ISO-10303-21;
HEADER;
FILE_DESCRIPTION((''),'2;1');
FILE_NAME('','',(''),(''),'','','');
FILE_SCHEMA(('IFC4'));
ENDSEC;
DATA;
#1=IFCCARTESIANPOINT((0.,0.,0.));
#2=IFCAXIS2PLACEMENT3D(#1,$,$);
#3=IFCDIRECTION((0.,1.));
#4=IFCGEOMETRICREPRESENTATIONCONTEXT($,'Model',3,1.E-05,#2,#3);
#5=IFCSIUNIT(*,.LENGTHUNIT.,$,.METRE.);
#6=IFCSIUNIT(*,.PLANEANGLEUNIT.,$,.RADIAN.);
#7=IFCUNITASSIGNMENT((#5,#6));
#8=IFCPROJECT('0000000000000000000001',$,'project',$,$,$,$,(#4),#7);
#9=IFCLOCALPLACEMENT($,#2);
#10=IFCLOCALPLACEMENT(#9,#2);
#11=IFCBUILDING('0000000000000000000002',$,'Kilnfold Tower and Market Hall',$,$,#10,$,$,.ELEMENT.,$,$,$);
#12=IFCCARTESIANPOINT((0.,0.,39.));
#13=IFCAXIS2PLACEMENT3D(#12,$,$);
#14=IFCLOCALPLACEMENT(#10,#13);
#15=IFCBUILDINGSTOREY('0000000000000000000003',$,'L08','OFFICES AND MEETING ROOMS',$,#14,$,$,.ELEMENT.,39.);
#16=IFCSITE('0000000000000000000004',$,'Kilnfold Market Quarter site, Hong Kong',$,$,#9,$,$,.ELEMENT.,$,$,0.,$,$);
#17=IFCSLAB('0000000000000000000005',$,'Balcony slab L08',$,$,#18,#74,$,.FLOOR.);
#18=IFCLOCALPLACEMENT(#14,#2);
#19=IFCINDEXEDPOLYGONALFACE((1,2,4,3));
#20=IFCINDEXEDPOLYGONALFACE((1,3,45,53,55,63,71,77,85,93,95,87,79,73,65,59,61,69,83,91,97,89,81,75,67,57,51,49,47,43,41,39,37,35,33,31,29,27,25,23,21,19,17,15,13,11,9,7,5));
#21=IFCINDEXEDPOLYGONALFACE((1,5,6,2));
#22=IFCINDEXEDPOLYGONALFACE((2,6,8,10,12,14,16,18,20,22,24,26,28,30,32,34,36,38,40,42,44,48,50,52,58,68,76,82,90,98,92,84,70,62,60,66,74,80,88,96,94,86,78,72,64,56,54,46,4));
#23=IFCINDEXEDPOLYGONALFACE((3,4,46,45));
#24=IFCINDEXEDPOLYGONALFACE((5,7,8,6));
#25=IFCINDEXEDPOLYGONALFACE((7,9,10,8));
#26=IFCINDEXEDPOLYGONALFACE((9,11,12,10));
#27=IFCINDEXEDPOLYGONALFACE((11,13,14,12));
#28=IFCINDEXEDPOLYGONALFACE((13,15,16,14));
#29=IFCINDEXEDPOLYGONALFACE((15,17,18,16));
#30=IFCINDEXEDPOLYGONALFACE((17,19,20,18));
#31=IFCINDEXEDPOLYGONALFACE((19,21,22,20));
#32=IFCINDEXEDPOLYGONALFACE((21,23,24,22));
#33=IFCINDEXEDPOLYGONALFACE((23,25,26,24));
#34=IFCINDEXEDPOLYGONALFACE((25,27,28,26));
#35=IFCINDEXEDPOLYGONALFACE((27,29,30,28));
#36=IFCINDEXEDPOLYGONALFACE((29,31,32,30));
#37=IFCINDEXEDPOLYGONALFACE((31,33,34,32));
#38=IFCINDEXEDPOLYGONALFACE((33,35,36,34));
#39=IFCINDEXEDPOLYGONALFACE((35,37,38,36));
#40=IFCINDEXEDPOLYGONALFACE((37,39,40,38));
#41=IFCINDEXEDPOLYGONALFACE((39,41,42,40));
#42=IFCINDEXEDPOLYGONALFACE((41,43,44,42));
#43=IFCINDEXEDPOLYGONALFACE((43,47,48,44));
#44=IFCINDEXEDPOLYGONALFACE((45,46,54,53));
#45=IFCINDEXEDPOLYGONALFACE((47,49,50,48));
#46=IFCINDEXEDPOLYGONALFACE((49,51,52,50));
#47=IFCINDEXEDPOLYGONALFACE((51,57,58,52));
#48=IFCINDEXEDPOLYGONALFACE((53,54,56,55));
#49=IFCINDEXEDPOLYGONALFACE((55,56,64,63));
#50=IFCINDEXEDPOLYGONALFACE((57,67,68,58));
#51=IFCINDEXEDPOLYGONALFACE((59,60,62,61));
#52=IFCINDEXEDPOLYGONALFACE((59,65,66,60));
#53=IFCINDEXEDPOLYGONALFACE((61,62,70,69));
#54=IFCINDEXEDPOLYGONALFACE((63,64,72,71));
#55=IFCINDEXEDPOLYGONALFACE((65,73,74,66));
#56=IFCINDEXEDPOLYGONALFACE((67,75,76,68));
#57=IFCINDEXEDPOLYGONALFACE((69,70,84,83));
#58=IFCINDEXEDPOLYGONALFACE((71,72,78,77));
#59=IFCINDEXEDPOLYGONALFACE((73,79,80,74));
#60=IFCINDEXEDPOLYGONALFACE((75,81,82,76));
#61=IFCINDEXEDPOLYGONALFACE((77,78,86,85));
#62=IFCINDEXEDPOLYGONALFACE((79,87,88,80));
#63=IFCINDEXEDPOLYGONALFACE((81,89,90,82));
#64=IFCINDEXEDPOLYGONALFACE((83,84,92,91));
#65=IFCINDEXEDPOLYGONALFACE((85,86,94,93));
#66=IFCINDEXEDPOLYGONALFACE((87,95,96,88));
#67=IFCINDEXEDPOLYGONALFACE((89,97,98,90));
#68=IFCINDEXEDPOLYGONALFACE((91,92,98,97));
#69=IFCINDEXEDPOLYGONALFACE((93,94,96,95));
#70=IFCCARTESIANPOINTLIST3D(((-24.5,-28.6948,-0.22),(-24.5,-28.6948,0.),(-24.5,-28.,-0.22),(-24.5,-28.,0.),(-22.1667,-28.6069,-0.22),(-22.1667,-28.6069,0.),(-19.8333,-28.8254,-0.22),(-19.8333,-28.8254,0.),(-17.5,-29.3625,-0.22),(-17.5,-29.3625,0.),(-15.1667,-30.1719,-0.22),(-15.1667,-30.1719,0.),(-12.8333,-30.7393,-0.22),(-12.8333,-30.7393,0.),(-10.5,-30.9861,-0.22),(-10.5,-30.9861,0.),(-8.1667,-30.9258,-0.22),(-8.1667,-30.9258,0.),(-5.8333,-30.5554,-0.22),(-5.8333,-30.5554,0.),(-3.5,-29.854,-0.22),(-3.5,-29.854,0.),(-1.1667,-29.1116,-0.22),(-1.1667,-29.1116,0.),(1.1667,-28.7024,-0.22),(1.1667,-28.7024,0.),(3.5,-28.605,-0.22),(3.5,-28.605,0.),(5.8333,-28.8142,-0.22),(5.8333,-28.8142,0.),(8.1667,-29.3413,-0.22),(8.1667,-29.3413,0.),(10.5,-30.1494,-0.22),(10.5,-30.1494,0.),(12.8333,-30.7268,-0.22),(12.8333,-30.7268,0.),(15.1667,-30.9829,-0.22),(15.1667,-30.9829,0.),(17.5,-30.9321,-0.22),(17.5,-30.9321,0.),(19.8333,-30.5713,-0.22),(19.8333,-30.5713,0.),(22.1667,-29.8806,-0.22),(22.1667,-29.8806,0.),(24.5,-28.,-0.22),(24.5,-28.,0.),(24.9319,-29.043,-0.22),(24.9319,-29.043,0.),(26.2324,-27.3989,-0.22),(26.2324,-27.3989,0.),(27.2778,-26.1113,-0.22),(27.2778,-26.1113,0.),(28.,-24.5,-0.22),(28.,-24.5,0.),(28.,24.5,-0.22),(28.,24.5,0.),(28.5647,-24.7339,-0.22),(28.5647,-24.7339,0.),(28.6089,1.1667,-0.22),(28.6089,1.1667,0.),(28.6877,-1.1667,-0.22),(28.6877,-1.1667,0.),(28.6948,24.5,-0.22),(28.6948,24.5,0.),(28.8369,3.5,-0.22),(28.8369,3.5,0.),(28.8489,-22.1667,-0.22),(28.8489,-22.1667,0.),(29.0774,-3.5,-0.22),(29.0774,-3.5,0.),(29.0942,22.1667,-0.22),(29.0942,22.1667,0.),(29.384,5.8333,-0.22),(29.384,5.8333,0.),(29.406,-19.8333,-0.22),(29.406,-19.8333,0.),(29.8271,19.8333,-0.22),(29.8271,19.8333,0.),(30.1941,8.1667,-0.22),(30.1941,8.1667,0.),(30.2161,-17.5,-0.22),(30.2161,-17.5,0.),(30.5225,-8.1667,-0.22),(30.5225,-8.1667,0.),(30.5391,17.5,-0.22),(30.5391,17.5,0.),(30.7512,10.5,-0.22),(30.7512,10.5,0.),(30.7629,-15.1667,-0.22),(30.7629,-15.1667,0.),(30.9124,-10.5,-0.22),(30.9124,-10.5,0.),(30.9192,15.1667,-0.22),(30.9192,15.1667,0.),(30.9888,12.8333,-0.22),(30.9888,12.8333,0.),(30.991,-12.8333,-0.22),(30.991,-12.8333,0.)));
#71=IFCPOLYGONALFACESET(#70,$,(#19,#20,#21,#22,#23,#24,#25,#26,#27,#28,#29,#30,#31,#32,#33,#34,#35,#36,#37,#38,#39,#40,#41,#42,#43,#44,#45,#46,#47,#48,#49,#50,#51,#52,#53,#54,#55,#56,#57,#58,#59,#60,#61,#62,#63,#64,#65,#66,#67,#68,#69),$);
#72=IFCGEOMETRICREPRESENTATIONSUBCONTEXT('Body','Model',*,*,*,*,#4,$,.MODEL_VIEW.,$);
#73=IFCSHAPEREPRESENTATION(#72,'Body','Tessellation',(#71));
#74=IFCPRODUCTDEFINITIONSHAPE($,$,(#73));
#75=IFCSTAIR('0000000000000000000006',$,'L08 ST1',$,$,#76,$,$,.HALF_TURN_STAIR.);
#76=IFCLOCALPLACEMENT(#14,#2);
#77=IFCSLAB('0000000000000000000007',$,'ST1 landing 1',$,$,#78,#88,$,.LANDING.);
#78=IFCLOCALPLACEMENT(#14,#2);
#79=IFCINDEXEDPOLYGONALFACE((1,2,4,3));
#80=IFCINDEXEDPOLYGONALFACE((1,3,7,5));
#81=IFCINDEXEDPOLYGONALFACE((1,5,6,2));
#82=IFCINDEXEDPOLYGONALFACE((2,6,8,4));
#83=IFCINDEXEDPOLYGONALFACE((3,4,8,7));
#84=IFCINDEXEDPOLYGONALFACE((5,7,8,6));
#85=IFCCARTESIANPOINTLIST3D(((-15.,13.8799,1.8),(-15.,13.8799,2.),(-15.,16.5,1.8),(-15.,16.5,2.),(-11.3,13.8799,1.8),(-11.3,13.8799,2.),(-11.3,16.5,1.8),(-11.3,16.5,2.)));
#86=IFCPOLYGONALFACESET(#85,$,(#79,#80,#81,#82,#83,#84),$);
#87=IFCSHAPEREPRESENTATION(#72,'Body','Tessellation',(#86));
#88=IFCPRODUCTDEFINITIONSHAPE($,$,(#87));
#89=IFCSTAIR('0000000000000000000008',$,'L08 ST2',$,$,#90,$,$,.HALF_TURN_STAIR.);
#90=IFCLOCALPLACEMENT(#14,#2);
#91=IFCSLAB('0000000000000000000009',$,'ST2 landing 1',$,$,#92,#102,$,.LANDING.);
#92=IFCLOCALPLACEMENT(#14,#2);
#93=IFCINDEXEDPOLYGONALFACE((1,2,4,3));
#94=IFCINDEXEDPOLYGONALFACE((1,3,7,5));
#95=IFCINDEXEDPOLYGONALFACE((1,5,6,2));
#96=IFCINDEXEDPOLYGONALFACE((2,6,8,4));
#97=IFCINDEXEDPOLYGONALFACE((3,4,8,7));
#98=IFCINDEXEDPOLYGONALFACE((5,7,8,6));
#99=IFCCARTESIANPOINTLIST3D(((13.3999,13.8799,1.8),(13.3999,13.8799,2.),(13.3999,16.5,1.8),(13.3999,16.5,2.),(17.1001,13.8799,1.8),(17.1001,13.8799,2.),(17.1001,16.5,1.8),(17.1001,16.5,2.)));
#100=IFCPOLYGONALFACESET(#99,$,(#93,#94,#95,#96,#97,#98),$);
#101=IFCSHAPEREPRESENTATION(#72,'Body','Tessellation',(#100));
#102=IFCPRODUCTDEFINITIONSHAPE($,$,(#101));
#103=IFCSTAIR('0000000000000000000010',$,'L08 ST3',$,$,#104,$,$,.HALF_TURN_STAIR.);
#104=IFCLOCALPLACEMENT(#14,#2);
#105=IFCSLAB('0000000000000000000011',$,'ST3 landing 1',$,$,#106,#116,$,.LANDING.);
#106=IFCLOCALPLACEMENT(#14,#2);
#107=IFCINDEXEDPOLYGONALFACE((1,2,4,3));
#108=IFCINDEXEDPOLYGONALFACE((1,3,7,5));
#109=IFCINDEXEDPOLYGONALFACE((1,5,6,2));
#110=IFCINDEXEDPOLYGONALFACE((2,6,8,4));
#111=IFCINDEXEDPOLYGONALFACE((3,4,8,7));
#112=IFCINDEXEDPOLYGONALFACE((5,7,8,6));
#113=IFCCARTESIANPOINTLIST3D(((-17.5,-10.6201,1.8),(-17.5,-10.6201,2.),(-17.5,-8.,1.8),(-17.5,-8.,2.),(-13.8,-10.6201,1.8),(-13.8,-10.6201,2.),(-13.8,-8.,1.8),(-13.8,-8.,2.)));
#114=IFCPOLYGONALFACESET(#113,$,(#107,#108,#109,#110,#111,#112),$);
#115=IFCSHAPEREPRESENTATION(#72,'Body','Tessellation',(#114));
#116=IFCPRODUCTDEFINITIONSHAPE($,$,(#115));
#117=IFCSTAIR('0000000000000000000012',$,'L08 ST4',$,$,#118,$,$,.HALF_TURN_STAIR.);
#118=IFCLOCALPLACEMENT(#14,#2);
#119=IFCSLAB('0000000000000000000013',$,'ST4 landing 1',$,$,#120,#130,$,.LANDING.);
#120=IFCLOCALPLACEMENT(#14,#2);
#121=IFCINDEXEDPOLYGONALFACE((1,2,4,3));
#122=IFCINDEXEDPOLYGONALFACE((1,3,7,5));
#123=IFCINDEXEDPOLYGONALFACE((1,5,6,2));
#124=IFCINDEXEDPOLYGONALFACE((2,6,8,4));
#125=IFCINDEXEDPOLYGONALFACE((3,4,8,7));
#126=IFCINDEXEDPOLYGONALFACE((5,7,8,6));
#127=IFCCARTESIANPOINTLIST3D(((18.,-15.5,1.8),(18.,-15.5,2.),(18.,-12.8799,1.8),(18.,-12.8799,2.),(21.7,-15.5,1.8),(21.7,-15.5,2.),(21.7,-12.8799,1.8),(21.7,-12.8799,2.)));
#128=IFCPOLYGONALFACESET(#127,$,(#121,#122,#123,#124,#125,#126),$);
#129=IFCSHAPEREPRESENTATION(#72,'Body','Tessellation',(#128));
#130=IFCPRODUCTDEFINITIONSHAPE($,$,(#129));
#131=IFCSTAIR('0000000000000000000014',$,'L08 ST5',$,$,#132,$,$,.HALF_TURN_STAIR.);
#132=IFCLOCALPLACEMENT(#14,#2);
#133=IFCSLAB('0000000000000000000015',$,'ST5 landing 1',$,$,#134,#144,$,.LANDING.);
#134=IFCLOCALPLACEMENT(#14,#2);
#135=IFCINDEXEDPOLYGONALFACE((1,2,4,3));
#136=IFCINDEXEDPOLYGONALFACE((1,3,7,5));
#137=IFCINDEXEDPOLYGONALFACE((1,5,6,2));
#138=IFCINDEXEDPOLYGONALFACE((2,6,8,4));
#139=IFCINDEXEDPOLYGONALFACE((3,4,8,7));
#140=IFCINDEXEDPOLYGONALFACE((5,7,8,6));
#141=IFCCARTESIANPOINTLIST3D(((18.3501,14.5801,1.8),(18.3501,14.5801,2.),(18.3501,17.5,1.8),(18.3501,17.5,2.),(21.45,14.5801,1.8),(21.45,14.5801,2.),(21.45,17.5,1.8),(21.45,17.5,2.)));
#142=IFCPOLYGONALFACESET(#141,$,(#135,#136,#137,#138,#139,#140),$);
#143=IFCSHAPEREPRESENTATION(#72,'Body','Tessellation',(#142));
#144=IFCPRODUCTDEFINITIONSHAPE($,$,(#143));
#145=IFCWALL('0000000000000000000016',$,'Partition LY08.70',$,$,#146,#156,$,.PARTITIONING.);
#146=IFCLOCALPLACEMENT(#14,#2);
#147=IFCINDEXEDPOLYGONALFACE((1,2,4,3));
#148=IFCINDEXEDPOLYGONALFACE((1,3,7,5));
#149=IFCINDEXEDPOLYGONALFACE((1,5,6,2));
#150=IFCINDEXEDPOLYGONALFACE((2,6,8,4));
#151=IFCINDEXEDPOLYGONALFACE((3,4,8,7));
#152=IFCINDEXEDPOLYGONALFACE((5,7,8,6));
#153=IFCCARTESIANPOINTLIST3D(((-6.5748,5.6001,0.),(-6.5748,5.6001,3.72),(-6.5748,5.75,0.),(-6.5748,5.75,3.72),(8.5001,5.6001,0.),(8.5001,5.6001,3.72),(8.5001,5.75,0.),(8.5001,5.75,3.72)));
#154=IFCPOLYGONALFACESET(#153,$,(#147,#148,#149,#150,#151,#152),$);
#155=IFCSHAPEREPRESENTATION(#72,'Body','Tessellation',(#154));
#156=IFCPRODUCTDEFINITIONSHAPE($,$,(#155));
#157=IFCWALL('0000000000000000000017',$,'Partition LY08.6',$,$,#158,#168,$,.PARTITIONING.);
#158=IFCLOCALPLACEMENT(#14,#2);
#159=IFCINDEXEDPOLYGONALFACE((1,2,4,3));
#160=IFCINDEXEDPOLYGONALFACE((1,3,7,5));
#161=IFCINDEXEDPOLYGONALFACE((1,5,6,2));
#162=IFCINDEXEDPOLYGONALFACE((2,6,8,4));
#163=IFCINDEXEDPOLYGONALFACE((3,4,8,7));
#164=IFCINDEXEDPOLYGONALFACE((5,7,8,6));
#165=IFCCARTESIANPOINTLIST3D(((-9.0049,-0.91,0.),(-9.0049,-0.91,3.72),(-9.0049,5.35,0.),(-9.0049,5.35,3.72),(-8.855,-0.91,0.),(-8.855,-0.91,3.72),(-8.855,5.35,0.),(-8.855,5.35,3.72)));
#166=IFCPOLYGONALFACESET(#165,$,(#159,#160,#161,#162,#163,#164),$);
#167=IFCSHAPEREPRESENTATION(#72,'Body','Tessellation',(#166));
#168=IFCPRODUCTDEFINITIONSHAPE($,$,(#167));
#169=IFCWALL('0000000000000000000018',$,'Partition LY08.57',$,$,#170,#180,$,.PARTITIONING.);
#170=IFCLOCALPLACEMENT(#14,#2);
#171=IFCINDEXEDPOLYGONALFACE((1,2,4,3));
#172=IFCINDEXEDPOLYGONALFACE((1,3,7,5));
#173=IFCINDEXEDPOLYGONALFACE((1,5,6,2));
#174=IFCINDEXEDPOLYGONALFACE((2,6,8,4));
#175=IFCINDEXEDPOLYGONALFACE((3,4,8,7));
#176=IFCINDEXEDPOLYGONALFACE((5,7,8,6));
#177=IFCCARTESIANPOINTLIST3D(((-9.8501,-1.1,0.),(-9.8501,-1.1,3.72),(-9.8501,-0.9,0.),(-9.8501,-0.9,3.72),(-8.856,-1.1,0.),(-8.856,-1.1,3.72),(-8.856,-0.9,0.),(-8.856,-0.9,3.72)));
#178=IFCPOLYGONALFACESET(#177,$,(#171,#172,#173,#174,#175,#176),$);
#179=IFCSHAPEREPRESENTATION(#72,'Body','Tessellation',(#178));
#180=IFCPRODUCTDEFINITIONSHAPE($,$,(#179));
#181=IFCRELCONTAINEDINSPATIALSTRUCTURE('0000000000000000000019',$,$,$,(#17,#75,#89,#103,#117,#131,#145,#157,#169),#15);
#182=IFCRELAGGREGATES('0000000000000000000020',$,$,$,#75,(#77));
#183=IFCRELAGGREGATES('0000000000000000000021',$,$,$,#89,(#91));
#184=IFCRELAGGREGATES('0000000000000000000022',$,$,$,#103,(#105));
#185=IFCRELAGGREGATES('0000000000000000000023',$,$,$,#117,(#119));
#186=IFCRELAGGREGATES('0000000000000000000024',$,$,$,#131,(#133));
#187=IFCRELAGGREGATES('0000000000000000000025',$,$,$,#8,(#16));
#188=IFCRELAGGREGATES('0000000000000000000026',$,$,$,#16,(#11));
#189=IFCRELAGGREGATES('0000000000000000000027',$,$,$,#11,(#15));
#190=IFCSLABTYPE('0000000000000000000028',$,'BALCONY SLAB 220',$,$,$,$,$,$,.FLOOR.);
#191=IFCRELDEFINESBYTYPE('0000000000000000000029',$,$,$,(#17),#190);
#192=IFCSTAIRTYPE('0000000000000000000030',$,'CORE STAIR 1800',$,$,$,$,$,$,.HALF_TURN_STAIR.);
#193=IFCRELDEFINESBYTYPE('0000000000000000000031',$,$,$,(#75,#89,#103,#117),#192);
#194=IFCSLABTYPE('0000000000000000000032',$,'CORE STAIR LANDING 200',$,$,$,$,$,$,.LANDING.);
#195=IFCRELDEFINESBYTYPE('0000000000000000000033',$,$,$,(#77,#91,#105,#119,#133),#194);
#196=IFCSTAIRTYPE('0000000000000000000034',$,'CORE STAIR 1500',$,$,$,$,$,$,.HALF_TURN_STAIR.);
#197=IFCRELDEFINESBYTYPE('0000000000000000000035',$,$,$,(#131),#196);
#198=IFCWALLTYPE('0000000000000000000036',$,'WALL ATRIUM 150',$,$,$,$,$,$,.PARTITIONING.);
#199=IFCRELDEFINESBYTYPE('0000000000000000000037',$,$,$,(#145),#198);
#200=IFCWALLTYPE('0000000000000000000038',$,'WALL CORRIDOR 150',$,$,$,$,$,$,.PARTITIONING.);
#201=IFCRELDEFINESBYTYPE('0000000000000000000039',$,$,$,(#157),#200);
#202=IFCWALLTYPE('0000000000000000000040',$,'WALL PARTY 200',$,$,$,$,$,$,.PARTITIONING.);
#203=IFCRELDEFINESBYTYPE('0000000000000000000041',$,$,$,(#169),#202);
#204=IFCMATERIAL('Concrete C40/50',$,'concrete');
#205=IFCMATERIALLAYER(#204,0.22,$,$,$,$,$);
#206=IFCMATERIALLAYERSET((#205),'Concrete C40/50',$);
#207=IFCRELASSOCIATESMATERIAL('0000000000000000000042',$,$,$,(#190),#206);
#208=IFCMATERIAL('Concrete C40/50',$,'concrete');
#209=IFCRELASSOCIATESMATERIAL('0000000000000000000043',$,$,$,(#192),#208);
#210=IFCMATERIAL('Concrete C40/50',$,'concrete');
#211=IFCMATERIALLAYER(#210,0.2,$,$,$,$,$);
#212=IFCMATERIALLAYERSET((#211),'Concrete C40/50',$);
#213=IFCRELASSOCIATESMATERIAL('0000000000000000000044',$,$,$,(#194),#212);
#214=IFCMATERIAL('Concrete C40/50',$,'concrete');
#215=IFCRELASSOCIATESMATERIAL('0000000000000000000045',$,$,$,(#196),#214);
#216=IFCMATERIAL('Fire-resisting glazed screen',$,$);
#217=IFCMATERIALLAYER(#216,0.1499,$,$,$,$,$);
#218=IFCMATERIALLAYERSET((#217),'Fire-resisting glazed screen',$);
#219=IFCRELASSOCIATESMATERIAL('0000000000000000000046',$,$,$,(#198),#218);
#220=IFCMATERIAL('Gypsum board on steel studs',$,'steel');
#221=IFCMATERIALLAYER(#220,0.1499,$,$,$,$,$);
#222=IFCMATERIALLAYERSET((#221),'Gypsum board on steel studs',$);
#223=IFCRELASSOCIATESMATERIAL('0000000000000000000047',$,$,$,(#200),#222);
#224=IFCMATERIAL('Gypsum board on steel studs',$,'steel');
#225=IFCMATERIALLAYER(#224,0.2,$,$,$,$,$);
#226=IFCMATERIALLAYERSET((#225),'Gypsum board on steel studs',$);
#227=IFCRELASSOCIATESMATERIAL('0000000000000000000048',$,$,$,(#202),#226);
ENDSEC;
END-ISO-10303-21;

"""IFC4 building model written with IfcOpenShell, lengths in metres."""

from ifc_helpers import new_model, si_unit, direction, frame, frame_2d, origin, place, context, subcontext, project, spatial, polyline, rectangle, outline, extrude, source, transform, mapped, material, layer, layer_set, type_object, element, aggregate, save


model = new_model("IFC4")

# Units and contexts
model_context = context("Model", 3, precision=1e-05, world=origin(), true_north=direction((0.0, 1.0)))
body_context = subcontext(model_context, "Body", "Model", "MODEL_VIEW")
ifc_project = project(units=[si_unit("LENGTHUNIT", "METRE"), si_unit("PLANEANGLEUNIT", "RADIAN")], contexts=[model_context])

# Site, building, storey
site_placement = place(None, origin())
site = spatial("IfcSite", under=ifc_project, at=site_placement, Name="Kilnfold Market Quarter site, Hong Kong", CompositionType="ELEMENT", RefElevation=0.0)
building_placement = place(site_placement, origin())
building = spatial("IfcBuilding", under=site, at=building_placement, Name="Kilnfold Tower and Market Hall", CompositionType="ELEMENT")
storey_placement = place(building_placement, frame((0.0, 0.0, 39.0)))
storey = spatial("IfcBuildingStorey", under=building, at=storey_placement, Name="L08", Description="OFFICES AND MEETING ROOMS", CompositionType="ELEMENT", Elevation=39.0)

# Slab
ifc_material_1 = material(Name="Concrete C40/50", Category="concrete")
ifc_layer_1 = layer(ifc_material_1, 0.22)
ifc_layer_set_1 = layer_set([ifc_layer_1], Name="Concrete C40/50")
slab_type_1 = type_object("IfcSlabType", Name="BALCONY SLAB 220", PredefinedType="FLOOR", material=ifc_layer_set_1)
shared_shape_1 = source(origin(), body_context, "Body", "SweptSolid", [
    extrude(outline(polyline([(-24.5, -28.0), (24.5, -28.0), (28.0, -24.5), (28.0, 24.5), (28.6948, 24.5), (29.0942, 22.1667), (29.8271, 19.8333), (30.5391, 17.5), (30.9192, 15.1667), (30.9888, 12.8333), (30.7512, 10.5), (30.1941, 8.1667), (29.384, 5.8333), (28.8369, 3.5), (28.6089, 1.1667), (28.6877, -1.1667), (29.0774, -3.5), (30.5225, -8.1667), (30.9124, -10.5), (30.991, -12.8333), (30.7629, -15.1667), (30.2161, -17.5), (29.406, -19.8333), (28.8489, -22.1667), (28.5647, -24.7339), (27.2778, -26.1113), (26.2324, -27.3989), (24.9319, -29.043), (22.1667, -29.8806), (19.8333, -30.5713), (17.5, -30.9321), (15.1667, -30.9829), (12.8333, -30.7268), (10.5, -30.1494), (8.1667, -29.3413), (5.8333, -28.8142), (3.5, -28.605), (1.1667, -28.7024), (-1.1667, -29.1116), (-3.5, -29.854), (-5.8333, -30.5554), (-8.1667, -30.9258), (-10.5, -30.9861), (-12.8333, -30.7393), (-15.1667, -30.1719), (-17.5, -29.3625), (-19.8333, -28.8254), (-22.1667, -28.6069), (-24.5, -28.6948), (-24.5, -28.0)])), origin(), (0.0, 0.0, 1.0), 0.22),
])
slab_1_placement = place(storey_placement, frame((0.0, 0.0, -0.22)))
element("IfcSlab", 1, at=slab_1_placement, inside=storey, type_object=slab_type_1, Name="Balcony slab L08", PredefinedType="FLOOR", context=body_context, shape_type="MappedRepresentation", body=[
    mapped(shared_shape_1, transform((0.0, 0.0, 0.0))),
])

# Stairs, slabs
ifc_material_2 = material(Name="Concrete C40/50", Category="concrete")
stair_type_1 = type_object("IfcStairType", Name="CORE STAIR 1800", PredefinedType="HALF_TURN_STAIR", material=ifc_material_2)
stair_1_placement = place(storey_placement, origin())
stair_1 = element("IfcStair", 2, at=stair_1_placement, inside=storey, type_object=stair_type_1, Name="L08 ST1", PredefinedType="HALF_TURN_STAIR")
ifc_material_3 = material(Name="Concrete C40/50", Category="concrete")
ifc_layer_2 = layer(ifc_material_3, 0.2)
ifc_layer_set_2 = layer_set([ifc_layer_2], Name="Concrete C40/50")
slab_type_2 = type_object("IfcSlabType", Name="CORE STAIR LANDING 200", PredefinedType="LANDING", material=ifc_layer_set_2)
shared_shape_2 = source(origin(), body_context, "Body", "SweptSolid", [
    extrude(outline(polyline([(-11.3, 13.8799), (-11.3, 16.5), (-15.0, 16.5), (-15.0, 13.8799), (-11.3, 13.8799)])), origin(), (0.0, 0.0, 1.0), 0.2),
])
slab_2_placement = place(storey_placement, frame((0.0, 0.0, 1.8)))
slab_2 = element("IfcSlab", 3, at=slab_2_placement, type_object=slab_type_2, Name="ST1 landing 1", PredefinedType="LANDING", context=body_context, shape_type="MappedRepresentation", body=[
    mapped(shared_shape_2, transform((0.0, 0.0, 0.0))),
])
aggregate(stair_1, [slab_2])
stair_2_placement = place(storey_placement, origin())
stair_2 = element("IfcStair", 4, at=stair_2_placement, inside=storey, type_object=stair_type_1, Name="L08 ST2", PredefinedType="HALF_TURN_STAIR")
shared_shape_3 = source(origin(), body_context, "Body", "SweptSolid", [
    extrude(outline(polyline([(17.1001, 13.8799), (17.1001, 16.5), (13.3999, 16.5), (13.3999, 13.8799), (17.1001, 13.8799)])), origin(), (0.0, 0.0, 1.0), 0.2),
])
slab_3_placement = place(storey_placement, frame((0.0, 0.0, 1.8)))
slab_3 = element("IfcSlab", 5, at=slab_3_placement, type_object=slab_type_2, Name="ST2 landing 1", PredefinedType="LANDING", context=body_context, shape_type="MappedRepresentation", body=[
    mapped(shared_shape_3, transform((0.0, 0.0, 0.0))),
])
aggregate(stair_2, [slab_3])
stair_3_placement = place(storey_placement, origin())
stair_3 = element("IfcStair", 6, at=stair_3_placement, inside=storey, type_object=stair_type_1, Name="L08 ST3", PredefinedType="HALF_TURN_STAIR")
shared_shape_4 = source(origin(), body_context, "Body", "SweptSolid", [
    extrude(outline(polyline([(-13.8, -10.6201), (-13.8, -8.0), (-17.5, -8.0), (-17.5, -10.6201), (-13.8, -10.6201)])), origin(), (0.0, 0.0, 1.0), 0.2),
])
slab_4_placement = place(storey_placement, frame((0.0, 0.0, 1.8)))
slab_4 = element("IfcSlab", 7, at=slab_4_placement, type_object=slab_type_2, Name="ST3 landing 1", PredefinedType="LANDING", context=body_context, shape_type="MappedRepresentation", body=[
    mapped(shared_shape_4, transform((0.0, 0.0, 0.0))),
])
aggregate(stair_3, [slab_4])
stair_4_placement = place(storey_placement, origin())
stair_4 = element("IfcStair", 8, at=stair_4_placement, inside=storey, type_object=stair_type_1, Name="L08 ST4", PredefinedType="HALF_TURN_STAIR")
shared_shape_5 = source(origin(), body_context, "Body", "SweptSolid", [
    extrude(outline(polyline([(18.0, -12.8799), (18.0, -15.5), (21.7, -15.5), (21.7, -12.8799), (18.0, -12.8799)])), origin(), (0.0, 0.0, 1.0), 0.2),
])
slab_5_placement = place(storey_placement, frame((0.0, 0.0, 1.8)))
slab_5 = element("IfcSlab", 9, at=slab_5_placement, type_object=slab_type_2, Name="ST4 landing 1", PredefinedType="LANDING", context=body_context, shape_type="MappedRepresentation", body=[
    mapped(shared_shape_5, transform((0.0, 0.0, 0.0))),
])
aggregate(stair_4, [slab_5])
ifc_material_4 = material(Name="Concrete C40/50", Category="concrete")
stair_type_2 = type_object("IfcStairType", Name="CORE STAIR 1500", PredefinedType="HALF_TURN_STAIR", material=ifc_material_4)
stair_5_placement = place(storey_placement, origin())
stair_5 = element("IfcStair", 10, at=stair_5_placement, inside=storey, type_object=stair_type_2, Name="L08 ST5", PredefinedType="HALF_TURN_STAIR")
shared_shape_6 = source(origin(), body_context, "Body", "SweptSolid", [
    extrude(outline(polyline([(21.45, 14.5801), (21.45, 17.5), (18.3501, 17.5), (18.3501, 14.5801), (21.45, 14.5801)])), origin(), (0.0, 0.0, 1.0), 0.2),
])
slab_6_placement = place(storey_placement, frame((0.0, 0.0, 1.8)))
slab_6 = element("IfcSlab", 11, at=slab_6_placement, type_object=slab_type_2, Name="ST5 landing 1", PredefinedType="LANDING", context=body_context, shape_type="MappedRepresentation", body=[
    mapped(shared_shape_6, transform((0.0, 0.0, 0.0))),
])
aggregate(stair_5, [slab_6])

# Walls
ifc_material_5 = material(Name="Fire-resisting glazed screen")
ifc_layer_3 = layer(ifc_material_5, 0.1499)
ifc_layer_set_3 = layer_set([ifc_layer_3], Name="Fire-resisting glazed screen")
wall_type_1 = type_object("IfcWallType", Name="WALL ATRIUM 150", PredefinedType="PARTITIONING", material=ifc_layer_set_3)
wall_1_placement = place(storey_placement, frame((-6.575, 5.675, 0.0), z_axis=(0.0, 0.0, 1.0), x_axis=(1.0, 0.0, 0.0)))
element("IfcWall", 12, at=wall_1_placement, inside=storey, type_object=wall_type_1, Name="Partition LY08.70", PredefinedType="PARTITIONING", context=body_context, shape_type="SweptSolid", body=[
    extrude(rectangle(XDim=15.075, YDim=0.1499, at=frame_2d((7.5376, 0.0))), origin(), (0.0, 0.0, 1.0), 3.72),
])
ifc_material_6 = material(Name="Gypsum board on steel studs", Category="steel")
ifc_layer_4 = layer(ifc_material_6, 0.1499)
ifc_layer_set_4 = layer_set([ifc_layer_4], Name="Gypsum board on steel studs")
wall_type_2 = type_object("IfcWallType", Name="WALL CORRIDOR 150", PredefinedType="PARTITIONING", material=ifc_layer_set_4)
wall_2_placement = place(storey_placement, frame((-8.9299, -0.9099, 0.0), z_axis=(0.0, 0.0, 1.0), x_axis=(0.0, 1.0, 0.0)))
element("IfcWall", 13, at=wall_2_placement, inside=storey, type_object=wall_type_2, Name="Partition LY08.6", PredefinedType="PARTITIONING", context=body_context, shape_type="SweptSolid", body=[
    extrude(rectangle(XDim=6.26, YDim=0.1499, at=frame_2d((3.1299, 0.0))), origin(), (0.0, 0.0, 1.0), 3.72),
])
ifc_material_7 = material(Name="Gypsum board on steel studs", Category="steel")
ifc_layer_5 = layer(ifc_material_7, 0.2)
ifc_layer_set_5 = layer_set([ifc_layer_5], Name="Gypsum board on steel studs")
wall_type_3 = type_object("IfcWallType", Name="WALL PARTY 200", PredefinedType="PARTITIONING", material=ifc_layer_set_5)
wall_3_placement = place(storey_placement, frame((-9.8501, -1.0, 0.0), z_axis=(0.0, 0.0, 1.0), x_axis=(1.0, 0.0, 0.0)))
element("IfcWall", 14, at=wall_3_placement, inside=storey, type_object=wall_type_3, Name="Partition LY08.57", PredefinedType="PARTITIONING", context=body_context, shape_type="SweptSolid", body=[
    extrude(rectangle(XDim=0.9941, YDim=0.2, at=frame_2d((0.4971, 0.0))), origin(), (0.0, 0.0, 1.0), 3.72),
])

save(model, "model.ifc")
